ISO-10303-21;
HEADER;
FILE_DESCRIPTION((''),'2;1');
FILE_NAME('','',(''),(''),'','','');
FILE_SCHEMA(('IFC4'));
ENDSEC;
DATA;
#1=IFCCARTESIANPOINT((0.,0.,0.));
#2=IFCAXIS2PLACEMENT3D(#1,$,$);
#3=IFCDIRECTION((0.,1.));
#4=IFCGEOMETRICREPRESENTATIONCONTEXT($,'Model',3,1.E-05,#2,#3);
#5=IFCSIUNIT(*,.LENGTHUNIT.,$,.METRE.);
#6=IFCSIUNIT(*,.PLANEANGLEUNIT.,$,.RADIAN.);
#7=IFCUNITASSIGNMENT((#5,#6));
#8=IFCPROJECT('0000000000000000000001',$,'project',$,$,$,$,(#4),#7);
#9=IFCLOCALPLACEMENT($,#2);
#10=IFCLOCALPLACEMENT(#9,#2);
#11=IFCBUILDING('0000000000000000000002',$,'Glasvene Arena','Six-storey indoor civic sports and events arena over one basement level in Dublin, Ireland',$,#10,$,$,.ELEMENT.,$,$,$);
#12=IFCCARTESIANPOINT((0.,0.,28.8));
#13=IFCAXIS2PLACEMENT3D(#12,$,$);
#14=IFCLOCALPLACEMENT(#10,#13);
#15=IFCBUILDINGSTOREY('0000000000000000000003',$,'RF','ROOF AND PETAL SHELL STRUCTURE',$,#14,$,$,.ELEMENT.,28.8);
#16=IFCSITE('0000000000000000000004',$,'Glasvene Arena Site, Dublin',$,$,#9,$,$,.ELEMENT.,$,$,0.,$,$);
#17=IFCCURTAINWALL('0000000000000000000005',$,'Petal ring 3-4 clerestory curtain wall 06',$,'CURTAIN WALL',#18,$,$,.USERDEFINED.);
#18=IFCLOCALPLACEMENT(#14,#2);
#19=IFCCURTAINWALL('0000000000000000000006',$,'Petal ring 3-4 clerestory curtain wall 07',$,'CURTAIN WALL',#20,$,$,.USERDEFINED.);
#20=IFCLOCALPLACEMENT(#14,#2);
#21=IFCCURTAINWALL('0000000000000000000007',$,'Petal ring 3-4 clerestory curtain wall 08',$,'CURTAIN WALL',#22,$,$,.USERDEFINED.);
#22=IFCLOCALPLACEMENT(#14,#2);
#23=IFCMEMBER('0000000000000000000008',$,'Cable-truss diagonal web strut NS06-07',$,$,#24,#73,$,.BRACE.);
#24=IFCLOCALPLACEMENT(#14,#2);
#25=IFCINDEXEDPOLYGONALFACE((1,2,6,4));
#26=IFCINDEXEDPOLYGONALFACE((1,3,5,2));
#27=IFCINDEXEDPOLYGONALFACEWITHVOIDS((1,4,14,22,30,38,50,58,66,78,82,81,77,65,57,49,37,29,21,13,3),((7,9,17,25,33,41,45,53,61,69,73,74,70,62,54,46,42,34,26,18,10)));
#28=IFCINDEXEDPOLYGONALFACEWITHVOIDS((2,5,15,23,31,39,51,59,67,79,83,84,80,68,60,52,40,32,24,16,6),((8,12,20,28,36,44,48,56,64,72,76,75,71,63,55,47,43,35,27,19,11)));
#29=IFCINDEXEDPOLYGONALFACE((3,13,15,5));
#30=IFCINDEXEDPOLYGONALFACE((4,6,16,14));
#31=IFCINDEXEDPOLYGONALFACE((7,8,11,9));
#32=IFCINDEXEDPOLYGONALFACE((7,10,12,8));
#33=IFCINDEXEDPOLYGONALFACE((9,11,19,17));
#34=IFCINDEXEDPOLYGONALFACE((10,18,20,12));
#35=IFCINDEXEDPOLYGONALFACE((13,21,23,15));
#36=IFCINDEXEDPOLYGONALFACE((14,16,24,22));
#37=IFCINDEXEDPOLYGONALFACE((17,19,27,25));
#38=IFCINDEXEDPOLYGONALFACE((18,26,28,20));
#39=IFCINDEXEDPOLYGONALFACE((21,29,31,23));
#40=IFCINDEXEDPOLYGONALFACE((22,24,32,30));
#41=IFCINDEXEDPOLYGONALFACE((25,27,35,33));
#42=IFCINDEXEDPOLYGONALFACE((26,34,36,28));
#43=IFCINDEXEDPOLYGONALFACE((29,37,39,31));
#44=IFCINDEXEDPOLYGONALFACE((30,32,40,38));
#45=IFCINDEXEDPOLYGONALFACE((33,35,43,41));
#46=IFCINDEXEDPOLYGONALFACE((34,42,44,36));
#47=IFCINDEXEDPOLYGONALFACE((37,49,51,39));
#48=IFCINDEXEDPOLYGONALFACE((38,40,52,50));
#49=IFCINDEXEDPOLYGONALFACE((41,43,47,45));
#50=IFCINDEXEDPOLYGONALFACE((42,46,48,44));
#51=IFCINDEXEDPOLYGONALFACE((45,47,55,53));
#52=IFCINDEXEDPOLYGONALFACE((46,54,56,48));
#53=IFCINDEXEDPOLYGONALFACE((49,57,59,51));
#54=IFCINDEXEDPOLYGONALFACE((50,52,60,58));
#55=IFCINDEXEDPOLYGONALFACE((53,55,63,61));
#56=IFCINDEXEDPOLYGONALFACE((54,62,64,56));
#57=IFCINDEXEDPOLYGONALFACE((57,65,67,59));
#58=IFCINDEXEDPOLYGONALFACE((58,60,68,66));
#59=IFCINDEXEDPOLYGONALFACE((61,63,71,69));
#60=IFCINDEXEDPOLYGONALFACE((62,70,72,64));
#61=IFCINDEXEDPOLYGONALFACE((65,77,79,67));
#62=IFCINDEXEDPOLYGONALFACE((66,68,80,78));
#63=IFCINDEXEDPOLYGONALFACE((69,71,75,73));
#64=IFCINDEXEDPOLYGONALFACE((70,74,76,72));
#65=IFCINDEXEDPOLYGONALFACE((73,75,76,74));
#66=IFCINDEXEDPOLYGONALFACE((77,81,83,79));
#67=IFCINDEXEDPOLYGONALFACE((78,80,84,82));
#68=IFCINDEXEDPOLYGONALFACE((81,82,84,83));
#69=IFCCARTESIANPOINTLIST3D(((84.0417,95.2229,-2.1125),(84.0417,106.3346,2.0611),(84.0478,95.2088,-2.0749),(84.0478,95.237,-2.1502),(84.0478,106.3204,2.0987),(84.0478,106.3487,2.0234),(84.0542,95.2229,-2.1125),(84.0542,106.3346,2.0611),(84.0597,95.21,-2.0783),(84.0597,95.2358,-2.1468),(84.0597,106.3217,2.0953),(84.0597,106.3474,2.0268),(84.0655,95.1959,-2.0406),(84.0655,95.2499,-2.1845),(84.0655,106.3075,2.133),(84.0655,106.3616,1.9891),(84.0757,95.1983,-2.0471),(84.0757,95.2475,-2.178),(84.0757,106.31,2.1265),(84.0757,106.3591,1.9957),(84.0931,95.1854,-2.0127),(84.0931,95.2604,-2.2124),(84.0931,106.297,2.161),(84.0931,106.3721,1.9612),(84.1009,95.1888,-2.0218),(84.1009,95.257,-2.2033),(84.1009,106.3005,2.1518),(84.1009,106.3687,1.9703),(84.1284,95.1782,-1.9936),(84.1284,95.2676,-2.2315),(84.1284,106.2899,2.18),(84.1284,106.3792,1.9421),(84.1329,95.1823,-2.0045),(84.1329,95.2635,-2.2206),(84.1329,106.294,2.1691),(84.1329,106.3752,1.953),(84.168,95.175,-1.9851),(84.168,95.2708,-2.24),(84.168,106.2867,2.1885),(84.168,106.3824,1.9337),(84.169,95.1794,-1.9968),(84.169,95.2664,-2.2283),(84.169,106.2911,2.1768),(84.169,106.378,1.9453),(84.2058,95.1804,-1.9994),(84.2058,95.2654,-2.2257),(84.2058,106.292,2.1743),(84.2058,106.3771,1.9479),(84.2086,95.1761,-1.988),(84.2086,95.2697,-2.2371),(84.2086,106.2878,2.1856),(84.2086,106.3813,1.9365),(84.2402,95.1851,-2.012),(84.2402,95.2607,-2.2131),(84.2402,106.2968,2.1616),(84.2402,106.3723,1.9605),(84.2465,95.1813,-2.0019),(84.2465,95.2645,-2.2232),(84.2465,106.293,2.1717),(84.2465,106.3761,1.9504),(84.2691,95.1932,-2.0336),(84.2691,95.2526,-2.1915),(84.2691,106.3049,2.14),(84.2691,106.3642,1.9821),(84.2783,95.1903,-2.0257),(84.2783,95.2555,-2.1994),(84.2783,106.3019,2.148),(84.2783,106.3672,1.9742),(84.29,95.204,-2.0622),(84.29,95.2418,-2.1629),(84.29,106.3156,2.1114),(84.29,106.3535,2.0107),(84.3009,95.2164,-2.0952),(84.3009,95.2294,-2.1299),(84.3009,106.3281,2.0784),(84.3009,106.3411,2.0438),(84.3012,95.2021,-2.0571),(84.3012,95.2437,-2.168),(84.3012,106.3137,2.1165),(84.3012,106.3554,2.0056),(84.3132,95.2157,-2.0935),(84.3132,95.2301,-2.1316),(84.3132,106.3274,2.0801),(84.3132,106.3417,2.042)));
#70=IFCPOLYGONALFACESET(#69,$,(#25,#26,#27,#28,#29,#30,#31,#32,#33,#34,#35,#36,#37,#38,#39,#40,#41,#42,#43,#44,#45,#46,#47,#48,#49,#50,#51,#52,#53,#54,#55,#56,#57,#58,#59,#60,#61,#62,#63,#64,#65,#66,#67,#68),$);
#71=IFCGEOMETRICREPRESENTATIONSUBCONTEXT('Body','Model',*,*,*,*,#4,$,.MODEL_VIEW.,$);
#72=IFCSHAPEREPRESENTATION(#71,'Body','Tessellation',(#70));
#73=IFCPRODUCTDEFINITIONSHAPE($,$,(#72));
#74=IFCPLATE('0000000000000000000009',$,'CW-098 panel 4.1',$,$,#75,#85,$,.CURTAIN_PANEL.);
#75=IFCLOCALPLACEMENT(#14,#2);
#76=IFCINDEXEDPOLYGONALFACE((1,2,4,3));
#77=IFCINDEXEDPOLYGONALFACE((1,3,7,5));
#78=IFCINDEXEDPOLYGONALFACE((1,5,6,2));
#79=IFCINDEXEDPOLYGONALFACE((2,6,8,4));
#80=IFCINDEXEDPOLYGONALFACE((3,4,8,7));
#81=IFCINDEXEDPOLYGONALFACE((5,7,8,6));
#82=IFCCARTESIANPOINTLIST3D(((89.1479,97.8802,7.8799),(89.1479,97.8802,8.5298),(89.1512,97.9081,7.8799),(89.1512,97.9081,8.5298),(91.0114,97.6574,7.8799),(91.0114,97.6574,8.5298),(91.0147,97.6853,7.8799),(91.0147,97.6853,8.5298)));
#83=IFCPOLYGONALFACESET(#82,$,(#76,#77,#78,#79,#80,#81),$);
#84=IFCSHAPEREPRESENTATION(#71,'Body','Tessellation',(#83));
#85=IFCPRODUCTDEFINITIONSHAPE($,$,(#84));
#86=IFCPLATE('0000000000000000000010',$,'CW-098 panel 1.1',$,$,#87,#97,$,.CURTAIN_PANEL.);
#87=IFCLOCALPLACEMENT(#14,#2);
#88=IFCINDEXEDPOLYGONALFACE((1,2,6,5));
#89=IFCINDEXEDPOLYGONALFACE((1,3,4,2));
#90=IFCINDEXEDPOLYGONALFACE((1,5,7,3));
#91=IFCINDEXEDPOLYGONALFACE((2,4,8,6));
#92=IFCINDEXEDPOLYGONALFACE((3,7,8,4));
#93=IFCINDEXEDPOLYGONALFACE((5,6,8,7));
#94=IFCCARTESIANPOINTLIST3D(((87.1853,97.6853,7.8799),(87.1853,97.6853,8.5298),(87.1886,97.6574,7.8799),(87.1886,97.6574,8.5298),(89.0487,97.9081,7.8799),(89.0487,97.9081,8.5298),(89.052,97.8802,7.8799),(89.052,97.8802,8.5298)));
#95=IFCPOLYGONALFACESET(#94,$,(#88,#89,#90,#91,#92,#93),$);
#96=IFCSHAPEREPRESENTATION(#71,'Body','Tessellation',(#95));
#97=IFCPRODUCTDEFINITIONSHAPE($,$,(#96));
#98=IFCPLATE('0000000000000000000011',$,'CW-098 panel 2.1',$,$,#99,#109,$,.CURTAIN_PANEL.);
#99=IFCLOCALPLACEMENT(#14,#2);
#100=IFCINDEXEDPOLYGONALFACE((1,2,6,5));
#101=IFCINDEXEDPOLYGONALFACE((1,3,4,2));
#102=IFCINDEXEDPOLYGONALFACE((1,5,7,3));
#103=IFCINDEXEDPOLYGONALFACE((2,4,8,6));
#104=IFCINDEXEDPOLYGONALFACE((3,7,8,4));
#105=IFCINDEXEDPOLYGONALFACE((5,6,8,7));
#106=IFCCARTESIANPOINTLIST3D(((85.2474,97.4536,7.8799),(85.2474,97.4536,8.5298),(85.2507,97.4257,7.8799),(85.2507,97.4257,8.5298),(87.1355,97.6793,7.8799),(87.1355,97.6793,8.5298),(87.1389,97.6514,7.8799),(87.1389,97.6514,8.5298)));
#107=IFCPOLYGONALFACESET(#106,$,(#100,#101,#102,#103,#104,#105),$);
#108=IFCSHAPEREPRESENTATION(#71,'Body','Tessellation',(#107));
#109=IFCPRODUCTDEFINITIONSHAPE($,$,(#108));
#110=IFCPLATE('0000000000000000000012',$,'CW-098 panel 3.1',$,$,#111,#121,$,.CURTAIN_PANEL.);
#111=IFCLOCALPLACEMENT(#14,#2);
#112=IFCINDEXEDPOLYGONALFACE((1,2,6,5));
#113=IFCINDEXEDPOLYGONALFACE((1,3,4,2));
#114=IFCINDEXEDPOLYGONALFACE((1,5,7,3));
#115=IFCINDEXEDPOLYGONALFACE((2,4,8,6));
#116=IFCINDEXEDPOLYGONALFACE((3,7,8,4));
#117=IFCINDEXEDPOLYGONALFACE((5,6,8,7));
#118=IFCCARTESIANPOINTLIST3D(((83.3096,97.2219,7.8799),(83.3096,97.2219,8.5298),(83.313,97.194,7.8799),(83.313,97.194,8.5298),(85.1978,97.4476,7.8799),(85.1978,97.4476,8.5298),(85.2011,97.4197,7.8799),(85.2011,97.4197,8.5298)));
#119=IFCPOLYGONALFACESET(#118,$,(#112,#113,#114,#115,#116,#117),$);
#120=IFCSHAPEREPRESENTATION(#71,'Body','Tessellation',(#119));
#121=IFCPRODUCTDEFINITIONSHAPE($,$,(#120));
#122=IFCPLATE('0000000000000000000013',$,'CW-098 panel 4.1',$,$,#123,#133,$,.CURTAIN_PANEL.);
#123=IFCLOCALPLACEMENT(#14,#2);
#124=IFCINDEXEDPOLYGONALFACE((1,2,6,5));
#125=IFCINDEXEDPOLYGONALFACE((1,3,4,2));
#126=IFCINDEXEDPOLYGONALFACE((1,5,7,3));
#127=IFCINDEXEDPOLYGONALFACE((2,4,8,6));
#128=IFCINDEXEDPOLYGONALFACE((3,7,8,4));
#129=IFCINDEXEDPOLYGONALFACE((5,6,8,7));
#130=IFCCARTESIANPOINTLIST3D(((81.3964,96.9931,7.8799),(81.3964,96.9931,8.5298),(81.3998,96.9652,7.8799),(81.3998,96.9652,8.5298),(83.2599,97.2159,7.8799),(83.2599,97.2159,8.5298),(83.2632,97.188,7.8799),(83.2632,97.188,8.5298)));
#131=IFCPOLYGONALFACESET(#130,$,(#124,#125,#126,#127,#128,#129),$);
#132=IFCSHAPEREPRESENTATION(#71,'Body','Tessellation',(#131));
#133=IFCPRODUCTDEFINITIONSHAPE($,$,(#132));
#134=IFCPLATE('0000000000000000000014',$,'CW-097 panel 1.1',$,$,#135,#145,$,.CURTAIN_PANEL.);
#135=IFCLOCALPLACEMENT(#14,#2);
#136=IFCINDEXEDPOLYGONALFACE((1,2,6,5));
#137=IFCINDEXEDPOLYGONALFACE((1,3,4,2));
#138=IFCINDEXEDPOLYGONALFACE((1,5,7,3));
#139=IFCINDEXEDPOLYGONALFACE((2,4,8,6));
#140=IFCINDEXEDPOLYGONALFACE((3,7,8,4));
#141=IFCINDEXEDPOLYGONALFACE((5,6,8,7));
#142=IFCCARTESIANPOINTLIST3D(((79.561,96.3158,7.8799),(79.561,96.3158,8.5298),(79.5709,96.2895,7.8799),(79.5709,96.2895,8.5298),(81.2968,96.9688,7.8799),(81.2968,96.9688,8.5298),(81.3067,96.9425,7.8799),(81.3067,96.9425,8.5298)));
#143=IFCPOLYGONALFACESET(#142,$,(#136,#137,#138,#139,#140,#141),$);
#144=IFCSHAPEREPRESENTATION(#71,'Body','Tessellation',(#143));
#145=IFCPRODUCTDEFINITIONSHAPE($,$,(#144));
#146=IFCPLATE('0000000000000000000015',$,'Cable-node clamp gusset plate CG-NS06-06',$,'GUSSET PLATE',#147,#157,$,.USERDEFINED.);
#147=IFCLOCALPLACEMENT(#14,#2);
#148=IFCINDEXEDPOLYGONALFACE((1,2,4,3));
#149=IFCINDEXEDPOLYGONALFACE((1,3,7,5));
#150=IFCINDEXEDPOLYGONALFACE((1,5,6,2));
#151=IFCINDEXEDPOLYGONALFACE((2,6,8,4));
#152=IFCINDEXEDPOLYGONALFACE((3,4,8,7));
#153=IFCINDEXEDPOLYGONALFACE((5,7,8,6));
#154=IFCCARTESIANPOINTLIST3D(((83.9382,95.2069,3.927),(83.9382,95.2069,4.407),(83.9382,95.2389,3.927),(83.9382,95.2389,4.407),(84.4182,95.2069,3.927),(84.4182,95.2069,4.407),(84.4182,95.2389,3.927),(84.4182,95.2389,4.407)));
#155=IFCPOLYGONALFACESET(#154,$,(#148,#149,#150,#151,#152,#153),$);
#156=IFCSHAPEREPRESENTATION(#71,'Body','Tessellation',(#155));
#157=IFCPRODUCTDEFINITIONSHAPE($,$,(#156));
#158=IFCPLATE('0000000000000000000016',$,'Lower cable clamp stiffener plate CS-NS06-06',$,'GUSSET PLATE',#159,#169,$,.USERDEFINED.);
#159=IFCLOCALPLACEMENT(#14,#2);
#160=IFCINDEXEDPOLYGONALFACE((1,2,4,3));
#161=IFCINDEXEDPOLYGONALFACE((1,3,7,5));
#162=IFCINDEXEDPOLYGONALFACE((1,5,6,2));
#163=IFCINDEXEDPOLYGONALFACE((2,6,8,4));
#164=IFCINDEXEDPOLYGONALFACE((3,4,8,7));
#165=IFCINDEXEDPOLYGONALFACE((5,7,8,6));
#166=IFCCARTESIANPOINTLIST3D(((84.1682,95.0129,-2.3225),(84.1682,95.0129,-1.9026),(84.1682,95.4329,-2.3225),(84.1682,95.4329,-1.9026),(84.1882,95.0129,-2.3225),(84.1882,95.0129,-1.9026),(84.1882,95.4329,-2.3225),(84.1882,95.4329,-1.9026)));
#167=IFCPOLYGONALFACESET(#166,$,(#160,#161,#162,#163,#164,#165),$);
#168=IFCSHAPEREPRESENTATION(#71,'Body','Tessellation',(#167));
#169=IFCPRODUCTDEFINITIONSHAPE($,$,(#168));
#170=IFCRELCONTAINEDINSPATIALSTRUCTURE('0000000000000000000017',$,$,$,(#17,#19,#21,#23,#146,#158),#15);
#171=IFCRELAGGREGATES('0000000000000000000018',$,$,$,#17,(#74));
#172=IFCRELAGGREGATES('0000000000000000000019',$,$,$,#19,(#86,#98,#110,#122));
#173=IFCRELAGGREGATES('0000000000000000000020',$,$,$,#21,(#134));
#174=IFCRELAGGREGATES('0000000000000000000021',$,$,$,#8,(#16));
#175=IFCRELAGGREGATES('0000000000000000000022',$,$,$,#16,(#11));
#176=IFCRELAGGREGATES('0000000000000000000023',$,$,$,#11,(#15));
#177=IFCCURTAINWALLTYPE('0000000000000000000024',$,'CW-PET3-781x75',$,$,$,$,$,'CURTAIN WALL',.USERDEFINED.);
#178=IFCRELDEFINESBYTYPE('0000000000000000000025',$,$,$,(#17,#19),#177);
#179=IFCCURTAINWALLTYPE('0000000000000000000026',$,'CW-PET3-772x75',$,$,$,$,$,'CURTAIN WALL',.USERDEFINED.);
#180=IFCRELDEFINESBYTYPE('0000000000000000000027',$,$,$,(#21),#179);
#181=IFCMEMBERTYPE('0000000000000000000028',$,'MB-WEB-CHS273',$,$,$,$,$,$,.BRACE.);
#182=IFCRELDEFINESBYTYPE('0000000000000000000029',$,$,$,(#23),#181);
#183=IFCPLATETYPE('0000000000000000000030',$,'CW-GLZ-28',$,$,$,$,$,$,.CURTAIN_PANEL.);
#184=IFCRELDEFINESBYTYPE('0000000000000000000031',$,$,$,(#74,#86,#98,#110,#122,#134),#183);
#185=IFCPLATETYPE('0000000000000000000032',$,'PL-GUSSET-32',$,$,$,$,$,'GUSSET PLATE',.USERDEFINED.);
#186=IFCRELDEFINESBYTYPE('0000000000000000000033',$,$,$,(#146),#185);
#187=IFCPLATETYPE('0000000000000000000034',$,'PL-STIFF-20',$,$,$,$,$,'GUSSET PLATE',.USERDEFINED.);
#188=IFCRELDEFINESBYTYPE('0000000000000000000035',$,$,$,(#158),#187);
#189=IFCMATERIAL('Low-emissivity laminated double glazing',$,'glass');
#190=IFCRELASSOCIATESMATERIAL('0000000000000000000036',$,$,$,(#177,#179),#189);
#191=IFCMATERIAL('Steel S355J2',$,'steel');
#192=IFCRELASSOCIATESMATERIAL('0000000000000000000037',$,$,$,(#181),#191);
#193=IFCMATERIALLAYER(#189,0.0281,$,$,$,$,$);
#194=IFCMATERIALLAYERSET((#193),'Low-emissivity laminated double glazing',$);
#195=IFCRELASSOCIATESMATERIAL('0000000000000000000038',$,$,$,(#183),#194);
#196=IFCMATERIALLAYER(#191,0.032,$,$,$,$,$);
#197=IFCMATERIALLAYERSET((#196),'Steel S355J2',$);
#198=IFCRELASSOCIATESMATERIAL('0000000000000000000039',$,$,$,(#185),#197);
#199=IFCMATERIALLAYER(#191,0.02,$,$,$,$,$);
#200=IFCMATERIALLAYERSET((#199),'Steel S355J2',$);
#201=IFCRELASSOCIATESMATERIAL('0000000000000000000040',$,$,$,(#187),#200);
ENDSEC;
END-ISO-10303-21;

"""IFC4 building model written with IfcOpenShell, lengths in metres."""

from ifc_helpers import new_model, si_unit, direction, frame, origin, origin_2d, place, context, subcontext, project, spatial, rectangle, hollow_circle, extrude, material, layer, layer_set, material_profile, profile_set, type_object, element, aggregate, save


model = new_model("IFC4")

# Units and contexts
model_context = context("Model", 3, precision=1e-05, world=origin(), true_north=direction((0.0, 1.0)))
body_context = subcontext(model_context, "Body", "Model", "MODEL_VIEW")
ifc_project = project(units=[si_unit("LENGTHUNIT", "METRE"), si_unit("PLANEANGLEUNIT", "RADIAN")], contexts=[model_context])

# Site, building, storey
site_placement = place(None, origin())
site = spatial("IfcSite", under=ifc_project, at=site_placement, Name="Glasvene Arena Site, Dublin", CompositionType="ELEMENT", RefElevation=0.0)
building_placement = place(site_placement, origin())
building = spatial("IfcBuilding", under=site, at=building_placement, Name="Glasvene Arena", Description="Six-storey indoor civic sports and events arena over one basement level in Dublin, Ireland", CompositionType="ELEMENT")
storey_placement = place(building_placement, frame((0.0, 0.0, 28.8)))
storey = spatial("IfcBuildingStorey", under=building, at=storey_placement, Name="RF", Description="ROOF AND PETAL SHELL STRUCTURE", CompositionType="ELEMENT", Elevation=28.8)

# Curtain wall
ifc_material_1 = material(Name="Low-emissivity laminated double glazing", Category="glass")
curtain_wall_type_1 = type_object("IfcCurtainWallType", Name="CW-PET3-781x75", ElementType="CURTAIN WALL", PredefinedType="USERDEFINED", material=ifc_material_1)
curtain_wall_1_placement = place(storey_placement, frame((96.8516, 96.9731, 0.0)))
curtain_wall_1 = element("IfcCurtainWall", 1, at=curtain_wall_1_placement, inside=storey, type_object=curtain_wall_type_1, Name="Petal ring 3-4 clerestory curtain wall 06", ObjectType="CURTAIN WALL", PredefinedType="USERDEFINED")

# Curtain walls
curtain_wall_2_placement = place(storey_placement, frame((89.1001, 97.8999, 0.0)))
curtain_wall_2 = element("IfcCurtainWall", 2, at=curtain_wall_2_placement, inside=storey, type_object=curtain_wall_type_1, Name="Petal ring 3-4 clerestory curtain wall 07", ObjectType="CURTAIN WALL", PredefinedType="USERDEFINED")
curtain_wall_type_2 = type_object("IfcCurtainWallType", Name="CW-PET3-772x75", ElementType="CURTAIN WALL", PredefinedType="USERDEFINED", material=ifc_material_1)
curtain_wall_3_placement = place(storey_placement, frame((81.3484, 96.9731, 0.0)))
curtain_wall_3 = element("IfcCurtainWall", 3, at=curtain_wall_3_placement, inside=storey, type_object=curtain_wall_type_2, Name="Petal ring 3-4 clerestory curtain wall 08", ObjectType="CURTAIN WALL", PredefinedType="USERDEFINED")

# Member
ifc_material_2 = material(Name="Steel S355J2", Category="steel")
ifc_material_profile_1 = material_profile(ifc_material_2, hollow_circle(Radius=0.1365, WallThickness=0.0125, at=origin_2d()), Name="CHS 273.0x12.5")
ifc_profile_set_1 = profile_set([ifc_material_profile_1], Name="Steel S355J2")
member_type_1 = type_object("IfcMemberType", Name="MB-WEB-CHS273", PredefinedType="BRACE", material=ifc_profile_set_1)
member_1_placement = place(storey_placement, frame((84.1782, 95.2229, -2.1125), z_axis=(0.0, 0.936142, 0.351622), x_axis=(-1.0, 0.0, 0.0)))
element("IfcMember", 4, at=member_1_placement, inside=storey, type_object=member_type_1, Name="Cable-truss diagonal web strut NS06-07", PredefinedType="BRACE", context=body_context, shape_type="SweptSolid", body=[
    extrude(hollow_circle(Radius=0.1365, WallThickness=0.0125, at=origin_2d()), origin(), (0.0, 0.0, 1.0), 11.8696),
])

# Plates
ifc_layer_1 = layer(ifc_material_1, 0.0281)
ifc_layer_set_1 = layer_set([ifc_layer_1], Name="Low-emissivity laminated double glazing")
plate_type_1 = type_object("IfcPlateType", Name="CW-GLZ-28", PredefinedType="CURTAIN_PANEL", material=ifc_layer_set_1)
plate_1_placement = place(storey_placement, frame((90.0813, 97.7827, 7.8799), z_axis=(0.0, 0.0, 1.0), x_axis=(-0.992928, 0.118717, 0.0)))
plate_1 = element("IfcPlate", 5, at=plate_1_placement, type_object=plate_type_1, Name="CW-098 panel 4.1", PredefinedType="CURTAIN_PANEL", context=body_context, shape_type="SweptSolid", body=[
    extrude(rectangle(XDim=1.8767, YDim=0.0281, at=origin_2d()), origin(), (0.0, 0.0, 1.0), 0.6499),
])
aggregate(curtain_wall_1, [plate_1])
plate_2_placement = place(storey_placement, frame((88.1187, 97.7827, 7.8799), z_axis=(0.0, 0.0, 1.0), x_axis=(-0.992928, -0.118717, 0.0)))
plate_2 = element("IfcPlate", 6, at=plate_2_placement, type_object=plate_type_1, Name="CW-098 panel 1.1", PredefinedType="CURTAIN_PANEL", context=body_context, shape_type="SweptSolid", body=[
    extrude(rectangle(XDim=1.8767, YDim=0.0281, at=origin_2d()), origin(), (0.0, 0.0, 1.0), 0.6499),
])
plate_3_placement = place(storey_placement, frame((86.1931, 97.5525, 7.8799), z_axis=(0.0, 0.0, 1.0), x_axis=(-0.992928, -0.118717, 0.0)))
plate_3 = element("IfcPlate", 7, at=plate_3_placement, type_object=plate_type_1, Name="CW-098 panel 2.1", PredefinedType="CURTAIN_PANEL", context=body_context, shape_type="SweptSolid", body=[
    extrude(rectangle(XDim=1.9016, YDim=0.0281, at=origin_2d()), origin(), (0.0, 0.0, 1.0), 0.6499),
])
plate_4_placement = place(storey_placement, frame((84.2554, 97.3208, 7.8799), z_axis=(0.0, 0.0, 1.0), x_axis=(-0.992928, -0.118717, 0.0)))
plate_4 = element("IfcPlate", 8, at=plate_4_placement, type_object=plate_type_1, Name="CW-098 panel 3.1", PredefinedType="CURTAIN_PANEL", context=body_context, shape_type="SweptSolid", body=[
    extrude(rectangle(XDim=1.9016, YDim=0.0281, at=origin_2d()), origin(), (0.0, 0.0, 1.0), 0.6499),
])
plate_5_placement = place(storey_placement, frame((82.3298, 97.0906, 7.8799), z_axis=(0.0, 0.0, 1.0), x_axis=(-0.992928, -0.118717, 0.0)))
plate_5 = element("IfcPlate", 9, at=plate_5_placement, type_object=plate_type_1, Name="CW-098 panel 4.1", PredefinedType="CURTAIN_PANEL", context=body_context, shape_type="SweptSolid", body=[
    extrude(rectangle(XDim=1.8767, YDim=0.0281, at=origin_2d()), origin(), (0.0, 0.0, 1.0), 0.6499),
])
aggregate(curtain_wall_2, [plate_2, plate_3, plate_4, plate_5])
plate_6_placement = place(storey_placement, frame((80.4338, 96.6292, 7.8799), z_axis=(0.0, 0.0, 1.0), x_axis=(-0.935966, -0.352092, 0.0)))
plate_6 = element("IfcPlate", 10, at=plate_6_placement, type_object=plate_type_1, Name="CW-097 panel 1.1", PredefinedType="CURTAIN_PANEL", context=body_context, shape_type="SweptSolid", body=[
    extrude(rectangle(XDim=1.8545, YDim=0.0281, at=origin_2d()), origin(), (0.0, 0.0, 1.0), 0.6499),
])
aggregate(curtain_wall_3, [plate_6])

# Plates
ifc_layer_2 = layer(ifc_material_2, 0.032)
ifc_layer_set_2 = layer_set([ifc_layer_2], Name="Steel S355J2")
plate_type_2 = type_object("IfcPlateType", Name="PL-GUSSET-32", ElementType="GUSSET PLATE", PredefinedType="USERDEFINED", material=ifc_layer_set_2)
plate_7_placement = place(storey_placement, frame((84.1782, 95.2229, 3.927), z_axis=(0.0, 0.0, 1.0), x_axis=(1.0, 0.0, 0.0)))
element("IfcPlate", 11, at=plate_7_placement, inside=storey, type_object=plate_type_2, Name="Cable-node clamp gusset plate CG-NS06-06", ObjectType="GUSSET PLATE", PredefinedType="USERDEFINED", context=body_context, shape_type="SweptSolid", body=[
    extrude(rectangle(XDim=0.48, YDim=0.032, at=origin_2d()), origin(), (0.0, 0.0, 1.0), 0.48),
])
ifc_layer_3 = layer(ifc_material_2, 0.02)
ifc_layer_set_3 = layer_set([ifc_layer_3], Name="Steel S355J2")
plate_type_3 = type_object("IfcPlateType", Name="PL-STIFF-20", ElementType="GUSSET PLATE", PredefinedType="USERDEFINED", material=ifc_layer_set_3)
plate_8_placement = place(storey_placement, frame((84.1782, 95.2229, -2.3225), z_axis=(0.0, 0.0, 1.0), x_axis=(1.0, 0.0, 0.0)))
element("IfcPlate", 12, at=plate_8_placement, inside=storey, type_object=plate_type_3, Name="Lower cable clamp stiffener plate CS-NS06-06", ObjectType="GUSSET PLATE", PredefinedType="USERDEFINED", context=body_context, shape_type="SweptSolid", body=[
    extrude(rectangle(XDim=0.02, YDim=0.4199, at=origin_2d()), origin(), (0.0, 0.0, 1.0), 0.4199),
])

save(model, "model.ifc")
